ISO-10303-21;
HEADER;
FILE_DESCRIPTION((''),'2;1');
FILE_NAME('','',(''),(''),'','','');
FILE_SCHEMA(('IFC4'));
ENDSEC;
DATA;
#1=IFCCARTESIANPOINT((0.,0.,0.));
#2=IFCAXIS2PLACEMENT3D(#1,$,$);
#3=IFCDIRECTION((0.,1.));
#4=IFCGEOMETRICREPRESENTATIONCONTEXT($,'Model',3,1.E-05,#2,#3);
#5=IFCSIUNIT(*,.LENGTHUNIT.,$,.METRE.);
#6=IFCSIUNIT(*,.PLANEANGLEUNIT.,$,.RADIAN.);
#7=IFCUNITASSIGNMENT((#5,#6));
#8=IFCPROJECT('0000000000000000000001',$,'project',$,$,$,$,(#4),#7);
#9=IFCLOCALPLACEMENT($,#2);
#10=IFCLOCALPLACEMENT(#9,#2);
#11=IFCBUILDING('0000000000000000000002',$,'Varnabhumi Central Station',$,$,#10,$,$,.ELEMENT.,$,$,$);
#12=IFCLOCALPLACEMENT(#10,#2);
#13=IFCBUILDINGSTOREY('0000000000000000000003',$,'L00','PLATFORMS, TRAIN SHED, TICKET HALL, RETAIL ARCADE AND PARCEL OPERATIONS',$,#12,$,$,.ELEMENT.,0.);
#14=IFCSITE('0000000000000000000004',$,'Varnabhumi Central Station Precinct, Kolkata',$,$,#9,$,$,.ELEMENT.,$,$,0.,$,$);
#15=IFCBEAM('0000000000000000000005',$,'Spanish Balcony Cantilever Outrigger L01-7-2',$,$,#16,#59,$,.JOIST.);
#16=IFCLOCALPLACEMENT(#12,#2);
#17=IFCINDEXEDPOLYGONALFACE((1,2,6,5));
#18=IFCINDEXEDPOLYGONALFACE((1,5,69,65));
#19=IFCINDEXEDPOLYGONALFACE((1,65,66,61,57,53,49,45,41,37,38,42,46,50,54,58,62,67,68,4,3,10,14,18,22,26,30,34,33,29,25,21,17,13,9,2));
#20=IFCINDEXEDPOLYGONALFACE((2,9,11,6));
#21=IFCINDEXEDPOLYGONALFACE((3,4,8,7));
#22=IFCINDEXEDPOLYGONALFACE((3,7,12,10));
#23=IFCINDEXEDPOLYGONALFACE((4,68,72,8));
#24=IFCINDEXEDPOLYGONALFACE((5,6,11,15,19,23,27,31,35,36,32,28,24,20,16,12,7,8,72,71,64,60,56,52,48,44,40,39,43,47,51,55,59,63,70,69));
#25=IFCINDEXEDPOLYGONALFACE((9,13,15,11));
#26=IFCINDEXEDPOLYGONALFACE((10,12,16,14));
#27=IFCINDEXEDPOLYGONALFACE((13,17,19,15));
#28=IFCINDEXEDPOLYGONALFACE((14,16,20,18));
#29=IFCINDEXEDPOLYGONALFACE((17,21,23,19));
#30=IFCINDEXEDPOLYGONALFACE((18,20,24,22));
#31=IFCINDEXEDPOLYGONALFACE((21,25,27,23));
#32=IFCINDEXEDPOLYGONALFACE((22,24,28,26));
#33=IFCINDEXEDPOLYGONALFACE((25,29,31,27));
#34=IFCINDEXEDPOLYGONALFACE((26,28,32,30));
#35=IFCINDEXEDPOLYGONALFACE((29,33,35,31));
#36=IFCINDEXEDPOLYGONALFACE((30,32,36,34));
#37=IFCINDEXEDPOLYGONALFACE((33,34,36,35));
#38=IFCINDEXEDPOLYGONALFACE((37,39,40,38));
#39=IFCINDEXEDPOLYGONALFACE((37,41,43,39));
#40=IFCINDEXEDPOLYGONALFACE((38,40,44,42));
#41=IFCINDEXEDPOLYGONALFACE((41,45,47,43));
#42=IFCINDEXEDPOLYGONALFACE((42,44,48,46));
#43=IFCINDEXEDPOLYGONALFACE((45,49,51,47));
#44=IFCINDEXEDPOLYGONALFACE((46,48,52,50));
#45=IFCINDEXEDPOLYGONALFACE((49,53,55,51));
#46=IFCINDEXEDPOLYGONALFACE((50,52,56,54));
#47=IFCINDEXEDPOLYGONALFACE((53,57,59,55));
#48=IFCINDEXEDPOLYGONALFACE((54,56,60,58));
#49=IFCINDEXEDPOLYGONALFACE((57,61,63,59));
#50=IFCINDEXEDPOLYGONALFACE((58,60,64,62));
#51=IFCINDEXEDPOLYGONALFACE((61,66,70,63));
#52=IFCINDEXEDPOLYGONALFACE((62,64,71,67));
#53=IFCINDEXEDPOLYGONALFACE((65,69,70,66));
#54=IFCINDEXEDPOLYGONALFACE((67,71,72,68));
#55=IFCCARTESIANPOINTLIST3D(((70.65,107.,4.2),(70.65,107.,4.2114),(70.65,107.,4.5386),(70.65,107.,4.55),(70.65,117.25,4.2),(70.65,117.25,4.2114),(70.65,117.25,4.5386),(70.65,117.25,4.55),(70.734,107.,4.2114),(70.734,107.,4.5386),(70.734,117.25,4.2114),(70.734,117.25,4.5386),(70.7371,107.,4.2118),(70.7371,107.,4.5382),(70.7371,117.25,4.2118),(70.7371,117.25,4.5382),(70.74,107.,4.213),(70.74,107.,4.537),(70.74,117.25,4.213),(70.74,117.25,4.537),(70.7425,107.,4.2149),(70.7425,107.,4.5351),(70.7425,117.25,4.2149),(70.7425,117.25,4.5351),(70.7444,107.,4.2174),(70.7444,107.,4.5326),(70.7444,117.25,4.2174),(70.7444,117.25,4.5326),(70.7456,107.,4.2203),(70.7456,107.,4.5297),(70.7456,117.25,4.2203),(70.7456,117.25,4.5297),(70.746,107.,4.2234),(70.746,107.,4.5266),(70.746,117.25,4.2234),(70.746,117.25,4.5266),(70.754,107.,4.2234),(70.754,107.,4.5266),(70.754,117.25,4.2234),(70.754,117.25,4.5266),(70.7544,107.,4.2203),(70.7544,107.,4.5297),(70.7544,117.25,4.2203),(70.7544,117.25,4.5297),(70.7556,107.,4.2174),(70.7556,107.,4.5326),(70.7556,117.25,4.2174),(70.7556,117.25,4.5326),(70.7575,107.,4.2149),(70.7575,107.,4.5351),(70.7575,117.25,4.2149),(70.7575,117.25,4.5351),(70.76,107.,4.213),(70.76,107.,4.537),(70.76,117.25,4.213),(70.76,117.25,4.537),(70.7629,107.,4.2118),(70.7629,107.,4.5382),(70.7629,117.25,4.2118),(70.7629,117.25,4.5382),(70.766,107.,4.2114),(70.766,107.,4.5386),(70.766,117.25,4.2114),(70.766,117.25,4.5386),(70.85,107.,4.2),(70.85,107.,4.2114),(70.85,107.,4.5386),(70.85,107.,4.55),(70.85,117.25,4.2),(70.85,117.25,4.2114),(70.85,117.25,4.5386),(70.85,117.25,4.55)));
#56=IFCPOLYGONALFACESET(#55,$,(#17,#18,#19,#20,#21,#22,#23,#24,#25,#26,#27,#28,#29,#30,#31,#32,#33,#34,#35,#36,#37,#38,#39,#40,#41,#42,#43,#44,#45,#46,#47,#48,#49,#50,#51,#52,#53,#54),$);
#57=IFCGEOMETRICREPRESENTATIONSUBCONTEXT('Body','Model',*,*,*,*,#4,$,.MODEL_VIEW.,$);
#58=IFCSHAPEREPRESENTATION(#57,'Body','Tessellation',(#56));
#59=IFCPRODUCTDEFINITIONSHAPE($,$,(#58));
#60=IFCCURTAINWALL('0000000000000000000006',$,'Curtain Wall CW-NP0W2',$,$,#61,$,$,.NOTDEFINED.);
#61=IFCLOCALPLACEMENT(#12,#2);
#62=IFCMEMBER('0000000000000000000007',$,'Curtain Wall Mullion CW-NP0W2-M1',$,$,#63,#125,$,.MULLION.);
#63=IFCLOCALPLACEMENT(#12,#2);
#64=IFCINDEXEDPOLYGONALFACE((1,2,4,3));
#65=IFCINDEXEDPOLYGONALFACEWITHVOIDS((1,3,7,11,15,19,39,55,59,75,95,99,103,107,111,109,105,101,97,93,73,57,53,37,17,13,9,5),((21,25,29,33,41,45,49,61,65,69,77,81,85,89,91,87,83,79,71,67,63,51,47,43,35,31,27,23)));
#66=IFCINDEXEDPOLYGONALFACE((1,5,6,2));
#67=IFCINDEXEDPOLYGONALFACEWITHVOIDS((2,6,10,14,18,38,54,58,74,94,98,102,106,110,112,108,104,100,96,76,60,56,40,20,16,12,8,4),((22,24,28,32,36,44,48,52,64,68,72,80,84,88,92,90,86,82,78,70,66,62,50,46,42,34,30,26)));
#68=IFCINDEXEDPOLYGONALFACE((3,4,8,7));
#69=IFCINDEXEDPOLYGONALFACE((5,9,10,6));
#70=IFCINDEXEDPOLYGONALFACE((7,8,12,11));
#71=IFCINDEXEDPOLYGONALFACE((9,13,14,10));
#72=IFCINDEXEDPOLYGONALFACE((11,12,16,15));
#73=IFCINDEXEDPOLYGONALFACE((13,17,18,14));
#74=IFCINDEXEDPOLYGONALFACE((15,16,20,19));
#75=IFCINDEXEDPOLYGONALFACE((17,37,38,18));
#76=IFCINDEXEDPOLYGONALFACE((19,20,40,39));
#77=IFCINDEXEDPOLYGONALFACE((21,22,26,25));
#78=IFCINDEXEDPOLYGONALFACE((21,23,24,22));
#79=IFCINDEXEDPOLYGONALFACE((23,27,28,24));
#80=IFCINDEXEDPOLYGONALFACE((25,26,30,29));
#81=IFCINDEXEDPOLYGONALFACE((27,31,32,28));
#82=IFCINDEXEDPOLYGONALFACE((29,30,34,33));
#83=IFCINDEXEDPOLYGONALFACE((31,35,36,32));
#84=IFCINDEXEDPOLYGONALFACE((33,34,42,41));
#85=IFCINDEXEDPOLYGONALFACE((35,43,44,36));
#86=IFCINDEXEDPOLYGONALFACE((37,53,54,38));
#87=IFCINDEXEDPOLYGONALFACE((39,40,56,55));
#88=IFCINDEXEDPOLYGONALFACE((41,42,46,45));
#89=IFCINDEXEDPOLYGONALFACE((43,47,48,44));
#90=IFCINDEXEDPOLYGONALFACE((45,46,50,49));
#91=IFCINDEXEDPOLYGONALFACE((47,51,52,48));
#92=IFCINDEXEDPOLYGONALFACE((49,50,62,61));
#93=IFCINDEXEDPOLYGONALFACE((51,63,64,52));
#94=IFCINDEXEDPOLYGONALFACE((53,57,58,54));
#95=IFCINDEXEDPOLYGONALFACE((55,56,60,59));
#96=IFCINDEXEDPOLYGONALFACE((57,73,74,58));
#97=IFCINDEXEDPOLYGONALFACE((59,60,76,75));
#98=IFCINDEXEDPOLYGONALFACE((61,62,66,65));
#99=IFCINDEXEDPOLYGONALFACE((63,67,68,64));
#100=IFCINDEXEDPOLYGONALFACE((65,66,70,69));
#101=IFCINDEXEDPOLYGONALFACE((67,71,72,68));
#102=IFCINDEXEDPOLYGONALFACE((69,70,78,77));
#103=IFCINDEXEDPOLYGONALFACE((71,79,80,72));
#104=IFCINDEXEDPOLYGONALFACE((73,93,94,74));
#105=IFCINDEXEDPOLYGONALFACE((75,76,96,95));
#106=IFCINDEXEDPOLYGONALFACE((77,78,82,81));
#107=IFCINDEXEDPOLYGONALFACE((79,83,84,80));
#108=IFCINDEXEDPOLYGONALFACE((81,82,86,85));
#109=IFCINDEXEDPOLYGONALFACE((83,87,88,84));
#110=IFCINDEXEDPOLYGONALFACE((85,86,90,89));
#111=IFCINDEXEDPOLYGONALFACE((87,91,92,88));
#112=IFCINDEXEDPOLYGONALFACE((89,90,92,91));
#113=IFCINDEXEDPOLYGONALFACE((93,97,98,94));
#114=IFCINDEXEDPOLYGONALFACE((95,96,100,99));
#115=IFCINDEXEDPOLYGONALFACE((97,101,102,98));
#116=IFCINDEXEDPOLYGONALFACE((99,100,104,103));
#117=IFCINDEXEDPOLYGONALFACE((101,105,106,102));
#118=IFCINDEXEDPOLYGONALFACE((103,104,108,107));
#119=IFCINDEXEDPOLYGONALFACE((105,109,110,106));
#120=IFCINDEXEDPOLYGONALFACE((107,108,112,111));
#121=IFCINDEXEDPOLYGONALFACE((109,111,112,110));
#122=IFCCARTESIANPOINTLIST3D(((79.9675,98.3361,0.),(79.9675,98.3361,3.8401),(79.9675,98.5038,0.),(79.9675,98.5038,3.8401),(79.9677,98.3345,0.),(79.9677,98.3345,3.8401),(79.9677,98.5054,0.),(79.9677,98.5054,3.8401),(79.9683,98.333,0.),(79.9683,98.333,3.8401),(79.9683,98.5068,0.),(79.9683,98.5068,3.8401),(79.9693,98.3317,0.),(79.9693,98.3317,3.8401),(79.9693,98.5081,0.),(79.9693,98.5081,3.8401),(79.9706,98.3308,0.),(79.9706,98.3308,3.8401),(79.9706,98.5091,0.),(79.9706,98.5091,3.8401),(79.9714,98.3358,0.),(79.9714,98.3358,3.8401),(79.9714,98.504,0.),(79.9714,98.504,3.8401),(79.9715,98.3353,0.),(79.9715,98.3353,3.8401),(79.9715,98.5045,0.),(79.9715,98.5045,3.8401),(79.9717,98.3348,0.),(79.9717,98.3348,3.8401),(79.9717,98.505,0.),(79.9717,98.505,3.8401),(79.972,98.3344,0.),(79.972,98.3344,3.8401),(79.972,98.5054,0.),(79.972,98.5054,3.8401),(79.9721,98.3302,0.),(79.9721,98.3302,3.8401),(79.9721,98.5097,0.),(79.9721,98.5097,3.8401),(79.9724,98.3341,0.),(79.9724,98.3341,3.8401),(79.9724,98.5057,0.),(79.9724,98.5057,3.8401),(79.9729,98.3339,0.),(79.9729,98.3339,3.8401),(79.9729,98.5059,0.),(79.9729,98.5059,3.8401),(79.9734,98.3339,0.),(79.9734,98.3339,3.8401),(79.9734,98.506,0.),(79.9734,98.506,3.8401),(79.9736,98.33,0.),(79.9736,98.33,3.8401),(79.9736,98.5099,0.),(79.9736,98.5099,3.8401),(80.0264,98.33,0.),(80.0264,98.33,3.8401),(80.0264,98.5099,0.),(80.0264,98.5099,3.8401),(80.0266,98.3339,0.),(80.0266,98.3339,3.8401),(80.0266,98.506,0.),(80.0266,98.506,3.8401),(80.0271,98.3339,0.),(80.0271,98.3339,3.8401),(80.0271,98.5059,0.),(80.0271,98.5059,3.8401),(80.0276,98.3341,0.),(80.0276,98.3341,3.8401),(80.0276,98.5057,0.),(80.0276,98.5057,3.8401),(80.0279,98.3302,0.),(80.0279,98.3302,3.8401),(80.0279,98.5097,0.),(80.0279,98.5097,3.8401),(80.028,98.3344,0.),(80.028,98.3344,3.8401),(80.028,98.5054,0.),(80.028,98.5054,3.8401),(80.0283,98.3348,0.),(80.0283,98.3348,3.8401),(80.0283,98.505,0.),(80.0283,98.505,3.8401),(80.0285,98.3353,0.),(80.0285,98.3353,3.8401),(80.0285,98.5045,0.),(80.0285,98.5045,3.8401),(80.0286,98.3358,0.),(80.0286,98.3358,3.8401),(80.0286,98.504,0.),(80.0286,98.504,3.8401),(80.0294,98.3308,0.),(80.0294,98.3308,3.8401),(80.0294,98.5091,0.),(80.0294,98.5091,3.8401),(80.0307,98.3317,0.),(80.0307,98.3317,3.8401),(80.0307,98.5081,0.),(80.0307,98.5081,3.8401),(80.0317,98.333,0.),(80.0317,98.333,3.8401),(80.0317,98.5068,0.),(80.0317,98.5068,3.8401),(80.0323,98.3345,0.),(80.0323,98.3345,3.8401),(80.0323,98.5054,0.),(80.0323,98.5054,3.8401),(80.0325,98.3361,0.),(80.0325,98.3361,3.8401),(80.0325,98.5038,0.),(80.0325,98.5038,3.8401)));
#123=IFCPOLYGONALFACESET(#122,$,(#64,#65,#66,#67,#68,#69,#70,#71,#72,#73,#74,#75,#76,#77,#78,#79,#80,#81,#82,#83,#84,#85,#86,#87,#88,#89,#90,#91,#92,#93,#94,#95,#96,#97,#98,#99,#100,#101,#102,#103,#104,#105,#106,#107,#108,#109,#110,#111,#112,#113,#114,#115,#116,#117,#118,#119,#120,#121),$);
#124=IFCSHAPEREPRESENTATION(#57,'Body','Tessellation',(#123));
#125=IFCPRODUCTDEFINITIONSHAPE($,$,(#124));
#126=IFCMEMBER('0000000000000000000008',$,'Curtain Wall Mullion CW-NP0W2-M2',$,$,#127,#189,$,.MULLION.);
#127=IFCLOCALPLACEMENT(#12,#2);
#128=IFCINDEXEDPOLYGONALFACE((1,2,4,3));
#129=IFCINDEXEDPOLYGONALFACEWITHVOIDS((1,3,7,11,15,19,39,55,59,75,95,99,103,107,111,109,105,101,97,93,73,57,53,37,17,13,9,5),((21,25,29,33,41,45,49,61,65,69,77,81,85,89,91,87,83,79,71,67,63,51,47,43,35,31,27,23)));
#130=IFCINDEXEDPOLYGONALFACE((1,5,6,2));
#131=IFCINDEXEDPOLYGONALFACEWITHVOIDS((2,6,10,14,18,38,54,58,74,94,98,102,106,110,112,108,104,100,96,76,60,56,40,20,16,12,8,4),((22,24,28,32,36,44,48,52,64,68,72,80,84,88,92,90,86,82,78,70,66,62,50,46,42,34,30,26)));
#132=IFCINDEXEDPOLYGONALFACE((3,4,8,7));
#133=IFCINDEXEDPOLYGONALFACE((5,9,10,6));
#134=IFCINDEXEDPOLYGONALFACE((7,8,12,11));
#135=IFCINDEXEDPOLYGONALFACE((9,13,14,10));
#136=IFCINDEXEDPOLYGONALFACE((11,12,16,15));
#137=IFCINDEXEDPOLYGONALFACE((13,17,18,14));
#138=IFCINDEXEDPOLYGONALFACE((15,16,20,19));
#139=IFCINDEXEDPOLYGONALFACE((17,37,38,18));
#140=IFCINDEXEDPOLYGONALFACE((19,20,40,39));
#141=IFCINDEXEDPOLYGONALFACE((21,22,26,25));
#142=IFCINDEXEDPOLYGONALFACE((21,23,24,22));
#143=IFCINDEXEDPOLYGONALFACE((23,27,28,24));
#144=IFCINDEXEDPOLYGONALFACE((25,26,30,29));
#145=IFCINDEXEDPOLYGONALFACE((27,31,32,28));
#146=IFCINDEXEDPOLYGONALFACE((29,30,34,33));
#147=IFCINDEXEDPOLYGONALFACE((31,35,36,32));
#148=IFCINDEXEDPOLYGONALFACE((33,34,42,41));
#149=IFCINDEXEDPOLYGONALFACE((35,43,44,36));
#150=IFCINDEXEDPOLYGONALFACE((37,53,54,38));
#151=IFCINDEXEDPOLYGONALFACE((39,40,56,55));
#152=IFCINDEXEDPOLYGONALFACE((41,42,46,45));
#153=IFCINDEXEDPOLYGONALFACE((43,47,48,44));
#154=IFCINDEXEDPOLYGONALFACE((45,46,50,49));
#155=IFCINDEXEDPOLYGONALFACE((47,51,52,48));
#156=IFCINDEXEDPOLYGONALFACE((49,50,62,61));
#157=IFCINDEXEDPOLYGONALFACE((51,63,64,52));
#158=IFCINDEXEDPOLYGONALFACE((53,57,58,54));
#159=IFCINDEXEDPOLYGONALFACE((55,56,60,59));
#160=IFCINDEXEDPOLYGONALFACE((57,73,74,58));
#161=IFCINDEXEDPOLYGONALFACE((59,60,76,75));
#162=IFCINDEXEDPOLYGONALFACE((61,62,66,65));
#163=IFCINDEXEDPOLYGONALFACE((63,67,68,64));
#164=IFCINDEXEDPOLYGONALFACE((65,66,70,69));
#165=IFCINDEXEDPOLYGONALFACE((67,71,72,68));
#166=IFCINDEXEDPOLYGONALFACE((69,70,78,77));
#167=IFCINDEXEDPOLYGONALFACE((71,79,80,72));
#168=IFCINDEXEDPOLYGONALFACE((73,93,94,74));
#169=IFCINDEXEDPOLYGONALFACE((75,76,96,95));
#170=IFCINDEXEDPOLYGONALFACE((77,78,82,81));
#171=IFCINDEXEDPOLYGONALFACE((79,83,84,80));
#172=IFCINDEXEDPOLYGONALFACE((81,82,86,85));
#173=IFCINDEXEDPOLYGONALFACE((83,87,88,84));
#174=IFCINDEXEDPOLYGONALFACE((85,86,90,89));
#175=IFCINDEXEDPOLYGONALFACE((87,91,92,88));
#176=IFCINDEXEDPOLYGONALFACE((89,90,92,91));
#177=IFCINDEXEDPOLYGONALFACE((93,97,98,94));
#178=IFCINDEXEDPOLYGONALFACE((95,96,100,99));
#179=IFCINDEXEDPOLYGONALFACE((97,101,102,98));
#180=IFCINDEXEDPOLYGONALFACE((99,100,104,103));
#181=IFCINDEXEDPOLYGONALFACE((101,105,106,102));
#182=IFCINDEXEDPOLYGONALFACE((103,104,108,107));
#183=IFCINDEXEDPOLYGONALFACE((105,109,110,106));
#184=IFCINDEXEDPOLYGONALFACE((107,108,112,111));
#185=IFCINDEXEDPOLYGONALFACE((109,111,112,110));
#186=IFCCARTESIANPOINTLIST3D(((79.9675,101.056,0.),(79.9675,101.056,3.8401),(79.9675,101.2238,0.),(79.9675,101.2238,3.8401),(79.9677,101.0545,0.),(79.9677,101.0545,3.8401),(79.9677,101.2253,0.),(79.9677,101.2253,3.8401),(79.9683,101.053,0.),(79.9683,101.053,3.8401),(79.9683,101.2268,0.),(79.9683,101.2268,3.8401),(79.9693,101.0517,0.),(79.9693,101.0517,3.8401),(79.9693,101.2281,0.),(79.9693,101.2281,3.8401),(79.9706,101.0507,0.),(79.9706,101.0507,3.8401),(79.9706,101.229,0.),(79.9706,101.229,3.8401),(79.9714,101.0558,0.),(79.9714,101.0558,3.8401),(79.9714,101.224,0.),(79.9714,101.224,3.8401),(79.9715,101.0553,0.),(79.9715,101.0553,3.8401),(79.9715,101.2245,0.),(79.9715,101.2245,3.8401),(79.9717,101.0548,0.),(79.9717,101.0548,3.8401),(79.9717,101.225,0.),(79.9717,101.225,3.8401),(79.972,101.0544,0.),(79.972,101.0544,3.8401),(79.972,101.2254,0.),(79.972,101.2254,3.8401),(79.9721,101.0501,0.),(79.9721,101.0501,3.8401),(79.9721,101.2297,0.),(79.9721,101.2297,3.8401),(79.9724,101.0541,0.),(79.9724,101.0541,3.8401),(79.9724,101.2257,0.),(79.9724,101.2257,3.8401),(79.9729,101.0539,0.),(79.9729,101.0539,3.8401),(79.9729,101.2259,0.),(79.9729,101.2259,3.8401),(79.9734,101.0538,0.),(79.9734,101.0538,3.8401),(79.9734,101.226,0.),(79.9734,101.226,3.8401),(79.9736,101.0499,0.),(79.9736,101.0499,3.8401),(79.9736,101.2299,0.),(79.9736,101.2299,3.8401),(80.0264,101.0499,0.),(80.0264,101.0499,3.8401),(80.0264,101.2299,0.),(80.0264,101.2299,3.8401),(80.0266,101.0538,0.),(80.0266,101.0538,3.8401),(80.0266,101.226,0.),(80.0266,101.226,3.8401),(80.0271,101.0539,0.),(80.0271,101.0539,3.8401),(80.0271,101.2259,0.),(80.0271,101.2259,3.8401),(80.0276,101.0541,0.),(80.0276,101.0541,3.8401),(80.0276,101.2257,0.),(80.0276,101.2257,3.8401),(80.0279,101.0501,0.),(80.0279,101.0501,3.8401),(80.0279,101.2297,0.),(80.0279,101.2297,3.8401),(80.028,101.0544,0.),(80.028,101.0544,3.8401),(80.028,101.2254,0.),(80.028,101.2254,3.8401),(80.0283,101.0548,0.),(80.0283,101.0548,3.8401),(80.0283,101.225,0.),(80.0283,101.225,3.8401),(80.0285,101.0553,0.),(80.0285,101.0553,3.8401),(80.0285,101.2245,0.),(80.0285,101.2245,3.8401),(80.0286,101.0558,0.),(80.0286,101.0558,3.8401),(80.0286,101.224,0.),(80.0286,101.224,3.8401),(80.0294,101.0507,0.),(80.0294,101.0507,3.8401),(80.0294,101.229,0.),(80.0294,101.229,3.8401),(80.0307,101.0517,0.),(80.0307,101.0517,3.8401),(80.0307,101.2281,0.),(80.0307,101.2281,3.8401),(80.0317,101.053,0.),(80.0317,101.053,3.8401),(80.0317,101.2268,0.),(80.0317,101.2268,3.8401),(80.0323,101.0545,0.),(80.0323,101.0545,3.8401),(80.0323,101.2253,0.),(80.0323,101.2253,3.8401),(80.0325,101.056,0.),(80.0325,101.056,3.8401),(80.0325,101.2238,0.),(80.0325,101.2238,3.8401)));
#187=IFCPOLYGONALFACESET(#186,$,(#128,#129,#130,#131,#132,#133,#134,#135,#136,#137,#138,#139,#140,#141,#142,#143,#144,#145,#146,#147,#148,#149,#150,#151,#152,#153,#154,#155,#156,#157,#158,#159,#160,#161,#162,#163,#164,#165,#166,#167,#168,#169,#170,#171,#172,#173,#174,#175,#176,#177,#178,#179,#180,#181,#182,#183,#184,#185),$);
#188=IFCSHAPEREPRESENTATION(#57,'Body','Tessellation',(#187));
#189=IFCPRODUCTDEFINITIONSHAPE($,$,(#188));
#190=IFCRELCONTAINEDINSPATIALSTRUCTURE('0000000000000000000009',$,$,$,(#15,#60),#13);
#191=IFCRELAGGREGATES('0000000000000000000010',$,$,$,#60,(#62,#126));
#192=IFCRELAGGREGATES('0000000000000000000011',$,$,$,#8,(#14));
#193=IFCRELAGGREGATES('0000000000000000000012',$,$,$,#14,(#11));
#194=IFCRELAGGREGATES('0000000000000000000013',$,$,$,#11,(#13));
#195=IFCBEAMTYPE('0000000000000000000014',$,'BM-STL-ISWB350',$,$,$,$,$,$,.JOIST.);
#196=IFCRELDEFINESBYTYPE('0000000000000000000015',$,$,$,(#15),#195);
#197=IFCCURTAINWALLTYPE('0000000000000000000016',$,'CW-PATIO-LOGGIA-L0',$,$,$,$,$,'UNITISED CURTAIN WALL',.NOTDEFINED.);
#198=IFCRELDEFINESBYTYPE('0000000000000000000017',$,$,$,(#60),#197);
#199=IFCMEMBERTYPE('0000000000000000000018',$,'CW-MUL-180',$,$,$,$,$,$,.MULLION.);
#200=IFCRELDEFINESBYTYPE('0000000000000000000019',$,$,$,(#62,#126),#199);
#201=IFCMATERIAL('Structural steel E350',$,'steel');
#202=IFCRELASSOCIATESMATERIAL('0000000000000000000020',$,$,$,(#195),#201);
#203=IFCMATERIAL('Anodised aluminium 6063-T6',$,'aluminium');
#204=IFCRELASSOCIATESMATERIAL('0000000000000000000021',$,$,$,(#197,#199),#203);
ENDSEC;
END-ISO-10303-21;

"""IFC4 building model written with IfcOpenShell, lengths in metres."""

from ifc_helpers import new_model, si_unit, direction, frame, origin, origin_2d, place, context, subcontext, project, spatial, hollow_rectangle, i_section, extrude, material, material_profile, profile_set, type_object, element, aggregate, save


model = new_model("IFC4")

# Units and contexts
model_context = context("Model", 3, precision=1e-05, world=origin(), true_north=direction((0.0, 1.0)))
body_context = subcontext(model_context, "Body", "Model", "MODEL_VIEW")
ifc_project = project(units=[si_unit("LENGTHUNIT", "METRE"), si_unit("PLANEANGLEUNIT", "RADIAN")], contexts=[model_context])

# Site, building, storey
site_placement = place(None, origin())
site = spatial("IfcSite", under=ifc_project, at=site_placement, Name="Varnabhumi Central Station Precinct, Kolkata", CompositionType="ELEMENT", RefElevation=0.0)
building_placement = place(site_placement, origin())
building = spatial("IfcBuilding", under=site, at=building_placement, Name="Varnabhumi Central Station", CompositionType="ELEMENT")
storey_placement = place(building_placement, origin())
storey = spatial("IfcBuildingStorey", under=building, at=storey_placement, Name="L00", Description="PLATFORMS, TRAIN SHED, TICKET HALL, RETAIL ARCADE AND PARCEL OPERATIONS", CompositionType="ELEMENT", Elevation=0.0)

# Beam
ifc_material_1 = material(Name="Structural steel E350", Category="steel")
ifc_material_profile_1 = material_profile(ifc_material_1, i_section(OverallWidth=0.2, OverallDepth=0.3501, WebThickness=0.0081, FlangeThickness=0.0115, FilletRadius=0.012, at=origin_2d()), Name="Structural steel E350", Category="steel")
ifc_profile_set_1 = profile_set([ifc_material_profile_1], Name="Structural steel E350")
beam_type_1 = type_object("IfcBeamType", Name="BM-STL-ISWB350", PredefinedType="JOIST", material=ifc_profile_set_1)
beam_1_placement = place(storey_placement, frame((70.75, 107.0, 4.375), z_axis=(0.0, 1.0, 0.0), x_axis=(-1.0, 0.0, 0.0)))
element("IfcBeam", 1, at=beam_1_placement, inside=storey, type_object=beam_type_1, Name="Spanish Balcony Cantilever Outrigger L01-7-2", PredefinedType="JOIST", context=body_context, shape_type="SweptSolid", body=[
    extrude(i_section(OverallWidth=0.2, OverallDepth=0.3501, WebThickness=0.0081, FlangeThickness=0.0115, FilletRadius=0.012, at=origin_2d()), origin(), (0.0, 0.0, 1.0), 10.25),
])

# Curtain wall, members
ifc_material_2 = material(Name="Anodised aluminium 6063-T6", Category="aluminium")
curtain_wall_type = type_object("IfcCurtainWallType", Name="CW-PATIO-LOGGIA-L0", ElementType="UNITISED CURTAIN WALL", PredefinedType="NOTDEFINED", material=ifc_material_2)
curtain_wall_1_placement = place(storey_placement, origin())
curtain_wall_1 = element("IfcCurtainWall", 2, at=curtain_wall_1_placement, inside=storey, type_object=curtain_wall_type, Name="Curtain Wall CW-NP0W2", PredefinedType="NOTDEFINED")
ifc_material_profile_2 = material_profile(ifc_material_2, hollow_rectangle(XDim=0.0649, YDim=0.1799, WallThickness=0.0039, InnerFilletRadius=0.002, OuterFilletRadius=0.0061, at=origin_2d()), Name="Anodised aluminium 6063-T6", Category="aluminium")
ifc_profile_set_2 = profile_set([ifc_material_profile_2], Name="Anodised aluminium 6063-T6")
member_type_1 = type_object("IfcMemberType", Name="CW-MUL-180", PredefinedType="MULLION", material=ifc_profile_set_2)
member_1_placement = place(storey_placement, frame((80.0, 98.4199, 0.0), z_axis=(0.0, 0.0, 1.0), x_axis=(1.0, 0.0, 0.0)))
member_1 = element("IfcMember", 3, at=member_1_placement, type_object=member_type_1, Name="Curtain Wall Mullion CW-NP0W2-M1", PredefinedType="MULLION", context=body_context, shape_type="SweptSolid", body=[
    extrude(hollow_rectangle(XDim=0.0649, YDim=0.1799, WallThickness=0.0039, InnerFilletRadius=0.002, OuterFilletRadius=0.0061, at=origin_2d()), origin(), (0.0, 0.0, 1.0), 3.8401),
])
member_2_placement = place(storey_placement, frame((80.0, 101.1399, 0.0), z_axis=(0.0, 0.0, 1.0), x_axis=(1.0, 0.0, 0.0)))
member_2 = element("IfcMember", 4, at=member_2_placement, type_object=member_type_1, Name="Curtain Wall Mullion CW-NP0W2-M2", PredefinedType="MULLION", context=body_context, shape_type="SweptSolid", body=[
    extrude(hollow_rectangle(XDim=0.0649, YDim=0.1799, WallThickness=0.0039, InnerFilletRadius=0.002, OuterFilletRadius=0.0061, at=origin_2d()), origin(), (0.0, 0.0, 1.0), 3.8401),
])

aggregate(curtain_wall_1, [member_1, member_2])

save(model, "model.ifc")
